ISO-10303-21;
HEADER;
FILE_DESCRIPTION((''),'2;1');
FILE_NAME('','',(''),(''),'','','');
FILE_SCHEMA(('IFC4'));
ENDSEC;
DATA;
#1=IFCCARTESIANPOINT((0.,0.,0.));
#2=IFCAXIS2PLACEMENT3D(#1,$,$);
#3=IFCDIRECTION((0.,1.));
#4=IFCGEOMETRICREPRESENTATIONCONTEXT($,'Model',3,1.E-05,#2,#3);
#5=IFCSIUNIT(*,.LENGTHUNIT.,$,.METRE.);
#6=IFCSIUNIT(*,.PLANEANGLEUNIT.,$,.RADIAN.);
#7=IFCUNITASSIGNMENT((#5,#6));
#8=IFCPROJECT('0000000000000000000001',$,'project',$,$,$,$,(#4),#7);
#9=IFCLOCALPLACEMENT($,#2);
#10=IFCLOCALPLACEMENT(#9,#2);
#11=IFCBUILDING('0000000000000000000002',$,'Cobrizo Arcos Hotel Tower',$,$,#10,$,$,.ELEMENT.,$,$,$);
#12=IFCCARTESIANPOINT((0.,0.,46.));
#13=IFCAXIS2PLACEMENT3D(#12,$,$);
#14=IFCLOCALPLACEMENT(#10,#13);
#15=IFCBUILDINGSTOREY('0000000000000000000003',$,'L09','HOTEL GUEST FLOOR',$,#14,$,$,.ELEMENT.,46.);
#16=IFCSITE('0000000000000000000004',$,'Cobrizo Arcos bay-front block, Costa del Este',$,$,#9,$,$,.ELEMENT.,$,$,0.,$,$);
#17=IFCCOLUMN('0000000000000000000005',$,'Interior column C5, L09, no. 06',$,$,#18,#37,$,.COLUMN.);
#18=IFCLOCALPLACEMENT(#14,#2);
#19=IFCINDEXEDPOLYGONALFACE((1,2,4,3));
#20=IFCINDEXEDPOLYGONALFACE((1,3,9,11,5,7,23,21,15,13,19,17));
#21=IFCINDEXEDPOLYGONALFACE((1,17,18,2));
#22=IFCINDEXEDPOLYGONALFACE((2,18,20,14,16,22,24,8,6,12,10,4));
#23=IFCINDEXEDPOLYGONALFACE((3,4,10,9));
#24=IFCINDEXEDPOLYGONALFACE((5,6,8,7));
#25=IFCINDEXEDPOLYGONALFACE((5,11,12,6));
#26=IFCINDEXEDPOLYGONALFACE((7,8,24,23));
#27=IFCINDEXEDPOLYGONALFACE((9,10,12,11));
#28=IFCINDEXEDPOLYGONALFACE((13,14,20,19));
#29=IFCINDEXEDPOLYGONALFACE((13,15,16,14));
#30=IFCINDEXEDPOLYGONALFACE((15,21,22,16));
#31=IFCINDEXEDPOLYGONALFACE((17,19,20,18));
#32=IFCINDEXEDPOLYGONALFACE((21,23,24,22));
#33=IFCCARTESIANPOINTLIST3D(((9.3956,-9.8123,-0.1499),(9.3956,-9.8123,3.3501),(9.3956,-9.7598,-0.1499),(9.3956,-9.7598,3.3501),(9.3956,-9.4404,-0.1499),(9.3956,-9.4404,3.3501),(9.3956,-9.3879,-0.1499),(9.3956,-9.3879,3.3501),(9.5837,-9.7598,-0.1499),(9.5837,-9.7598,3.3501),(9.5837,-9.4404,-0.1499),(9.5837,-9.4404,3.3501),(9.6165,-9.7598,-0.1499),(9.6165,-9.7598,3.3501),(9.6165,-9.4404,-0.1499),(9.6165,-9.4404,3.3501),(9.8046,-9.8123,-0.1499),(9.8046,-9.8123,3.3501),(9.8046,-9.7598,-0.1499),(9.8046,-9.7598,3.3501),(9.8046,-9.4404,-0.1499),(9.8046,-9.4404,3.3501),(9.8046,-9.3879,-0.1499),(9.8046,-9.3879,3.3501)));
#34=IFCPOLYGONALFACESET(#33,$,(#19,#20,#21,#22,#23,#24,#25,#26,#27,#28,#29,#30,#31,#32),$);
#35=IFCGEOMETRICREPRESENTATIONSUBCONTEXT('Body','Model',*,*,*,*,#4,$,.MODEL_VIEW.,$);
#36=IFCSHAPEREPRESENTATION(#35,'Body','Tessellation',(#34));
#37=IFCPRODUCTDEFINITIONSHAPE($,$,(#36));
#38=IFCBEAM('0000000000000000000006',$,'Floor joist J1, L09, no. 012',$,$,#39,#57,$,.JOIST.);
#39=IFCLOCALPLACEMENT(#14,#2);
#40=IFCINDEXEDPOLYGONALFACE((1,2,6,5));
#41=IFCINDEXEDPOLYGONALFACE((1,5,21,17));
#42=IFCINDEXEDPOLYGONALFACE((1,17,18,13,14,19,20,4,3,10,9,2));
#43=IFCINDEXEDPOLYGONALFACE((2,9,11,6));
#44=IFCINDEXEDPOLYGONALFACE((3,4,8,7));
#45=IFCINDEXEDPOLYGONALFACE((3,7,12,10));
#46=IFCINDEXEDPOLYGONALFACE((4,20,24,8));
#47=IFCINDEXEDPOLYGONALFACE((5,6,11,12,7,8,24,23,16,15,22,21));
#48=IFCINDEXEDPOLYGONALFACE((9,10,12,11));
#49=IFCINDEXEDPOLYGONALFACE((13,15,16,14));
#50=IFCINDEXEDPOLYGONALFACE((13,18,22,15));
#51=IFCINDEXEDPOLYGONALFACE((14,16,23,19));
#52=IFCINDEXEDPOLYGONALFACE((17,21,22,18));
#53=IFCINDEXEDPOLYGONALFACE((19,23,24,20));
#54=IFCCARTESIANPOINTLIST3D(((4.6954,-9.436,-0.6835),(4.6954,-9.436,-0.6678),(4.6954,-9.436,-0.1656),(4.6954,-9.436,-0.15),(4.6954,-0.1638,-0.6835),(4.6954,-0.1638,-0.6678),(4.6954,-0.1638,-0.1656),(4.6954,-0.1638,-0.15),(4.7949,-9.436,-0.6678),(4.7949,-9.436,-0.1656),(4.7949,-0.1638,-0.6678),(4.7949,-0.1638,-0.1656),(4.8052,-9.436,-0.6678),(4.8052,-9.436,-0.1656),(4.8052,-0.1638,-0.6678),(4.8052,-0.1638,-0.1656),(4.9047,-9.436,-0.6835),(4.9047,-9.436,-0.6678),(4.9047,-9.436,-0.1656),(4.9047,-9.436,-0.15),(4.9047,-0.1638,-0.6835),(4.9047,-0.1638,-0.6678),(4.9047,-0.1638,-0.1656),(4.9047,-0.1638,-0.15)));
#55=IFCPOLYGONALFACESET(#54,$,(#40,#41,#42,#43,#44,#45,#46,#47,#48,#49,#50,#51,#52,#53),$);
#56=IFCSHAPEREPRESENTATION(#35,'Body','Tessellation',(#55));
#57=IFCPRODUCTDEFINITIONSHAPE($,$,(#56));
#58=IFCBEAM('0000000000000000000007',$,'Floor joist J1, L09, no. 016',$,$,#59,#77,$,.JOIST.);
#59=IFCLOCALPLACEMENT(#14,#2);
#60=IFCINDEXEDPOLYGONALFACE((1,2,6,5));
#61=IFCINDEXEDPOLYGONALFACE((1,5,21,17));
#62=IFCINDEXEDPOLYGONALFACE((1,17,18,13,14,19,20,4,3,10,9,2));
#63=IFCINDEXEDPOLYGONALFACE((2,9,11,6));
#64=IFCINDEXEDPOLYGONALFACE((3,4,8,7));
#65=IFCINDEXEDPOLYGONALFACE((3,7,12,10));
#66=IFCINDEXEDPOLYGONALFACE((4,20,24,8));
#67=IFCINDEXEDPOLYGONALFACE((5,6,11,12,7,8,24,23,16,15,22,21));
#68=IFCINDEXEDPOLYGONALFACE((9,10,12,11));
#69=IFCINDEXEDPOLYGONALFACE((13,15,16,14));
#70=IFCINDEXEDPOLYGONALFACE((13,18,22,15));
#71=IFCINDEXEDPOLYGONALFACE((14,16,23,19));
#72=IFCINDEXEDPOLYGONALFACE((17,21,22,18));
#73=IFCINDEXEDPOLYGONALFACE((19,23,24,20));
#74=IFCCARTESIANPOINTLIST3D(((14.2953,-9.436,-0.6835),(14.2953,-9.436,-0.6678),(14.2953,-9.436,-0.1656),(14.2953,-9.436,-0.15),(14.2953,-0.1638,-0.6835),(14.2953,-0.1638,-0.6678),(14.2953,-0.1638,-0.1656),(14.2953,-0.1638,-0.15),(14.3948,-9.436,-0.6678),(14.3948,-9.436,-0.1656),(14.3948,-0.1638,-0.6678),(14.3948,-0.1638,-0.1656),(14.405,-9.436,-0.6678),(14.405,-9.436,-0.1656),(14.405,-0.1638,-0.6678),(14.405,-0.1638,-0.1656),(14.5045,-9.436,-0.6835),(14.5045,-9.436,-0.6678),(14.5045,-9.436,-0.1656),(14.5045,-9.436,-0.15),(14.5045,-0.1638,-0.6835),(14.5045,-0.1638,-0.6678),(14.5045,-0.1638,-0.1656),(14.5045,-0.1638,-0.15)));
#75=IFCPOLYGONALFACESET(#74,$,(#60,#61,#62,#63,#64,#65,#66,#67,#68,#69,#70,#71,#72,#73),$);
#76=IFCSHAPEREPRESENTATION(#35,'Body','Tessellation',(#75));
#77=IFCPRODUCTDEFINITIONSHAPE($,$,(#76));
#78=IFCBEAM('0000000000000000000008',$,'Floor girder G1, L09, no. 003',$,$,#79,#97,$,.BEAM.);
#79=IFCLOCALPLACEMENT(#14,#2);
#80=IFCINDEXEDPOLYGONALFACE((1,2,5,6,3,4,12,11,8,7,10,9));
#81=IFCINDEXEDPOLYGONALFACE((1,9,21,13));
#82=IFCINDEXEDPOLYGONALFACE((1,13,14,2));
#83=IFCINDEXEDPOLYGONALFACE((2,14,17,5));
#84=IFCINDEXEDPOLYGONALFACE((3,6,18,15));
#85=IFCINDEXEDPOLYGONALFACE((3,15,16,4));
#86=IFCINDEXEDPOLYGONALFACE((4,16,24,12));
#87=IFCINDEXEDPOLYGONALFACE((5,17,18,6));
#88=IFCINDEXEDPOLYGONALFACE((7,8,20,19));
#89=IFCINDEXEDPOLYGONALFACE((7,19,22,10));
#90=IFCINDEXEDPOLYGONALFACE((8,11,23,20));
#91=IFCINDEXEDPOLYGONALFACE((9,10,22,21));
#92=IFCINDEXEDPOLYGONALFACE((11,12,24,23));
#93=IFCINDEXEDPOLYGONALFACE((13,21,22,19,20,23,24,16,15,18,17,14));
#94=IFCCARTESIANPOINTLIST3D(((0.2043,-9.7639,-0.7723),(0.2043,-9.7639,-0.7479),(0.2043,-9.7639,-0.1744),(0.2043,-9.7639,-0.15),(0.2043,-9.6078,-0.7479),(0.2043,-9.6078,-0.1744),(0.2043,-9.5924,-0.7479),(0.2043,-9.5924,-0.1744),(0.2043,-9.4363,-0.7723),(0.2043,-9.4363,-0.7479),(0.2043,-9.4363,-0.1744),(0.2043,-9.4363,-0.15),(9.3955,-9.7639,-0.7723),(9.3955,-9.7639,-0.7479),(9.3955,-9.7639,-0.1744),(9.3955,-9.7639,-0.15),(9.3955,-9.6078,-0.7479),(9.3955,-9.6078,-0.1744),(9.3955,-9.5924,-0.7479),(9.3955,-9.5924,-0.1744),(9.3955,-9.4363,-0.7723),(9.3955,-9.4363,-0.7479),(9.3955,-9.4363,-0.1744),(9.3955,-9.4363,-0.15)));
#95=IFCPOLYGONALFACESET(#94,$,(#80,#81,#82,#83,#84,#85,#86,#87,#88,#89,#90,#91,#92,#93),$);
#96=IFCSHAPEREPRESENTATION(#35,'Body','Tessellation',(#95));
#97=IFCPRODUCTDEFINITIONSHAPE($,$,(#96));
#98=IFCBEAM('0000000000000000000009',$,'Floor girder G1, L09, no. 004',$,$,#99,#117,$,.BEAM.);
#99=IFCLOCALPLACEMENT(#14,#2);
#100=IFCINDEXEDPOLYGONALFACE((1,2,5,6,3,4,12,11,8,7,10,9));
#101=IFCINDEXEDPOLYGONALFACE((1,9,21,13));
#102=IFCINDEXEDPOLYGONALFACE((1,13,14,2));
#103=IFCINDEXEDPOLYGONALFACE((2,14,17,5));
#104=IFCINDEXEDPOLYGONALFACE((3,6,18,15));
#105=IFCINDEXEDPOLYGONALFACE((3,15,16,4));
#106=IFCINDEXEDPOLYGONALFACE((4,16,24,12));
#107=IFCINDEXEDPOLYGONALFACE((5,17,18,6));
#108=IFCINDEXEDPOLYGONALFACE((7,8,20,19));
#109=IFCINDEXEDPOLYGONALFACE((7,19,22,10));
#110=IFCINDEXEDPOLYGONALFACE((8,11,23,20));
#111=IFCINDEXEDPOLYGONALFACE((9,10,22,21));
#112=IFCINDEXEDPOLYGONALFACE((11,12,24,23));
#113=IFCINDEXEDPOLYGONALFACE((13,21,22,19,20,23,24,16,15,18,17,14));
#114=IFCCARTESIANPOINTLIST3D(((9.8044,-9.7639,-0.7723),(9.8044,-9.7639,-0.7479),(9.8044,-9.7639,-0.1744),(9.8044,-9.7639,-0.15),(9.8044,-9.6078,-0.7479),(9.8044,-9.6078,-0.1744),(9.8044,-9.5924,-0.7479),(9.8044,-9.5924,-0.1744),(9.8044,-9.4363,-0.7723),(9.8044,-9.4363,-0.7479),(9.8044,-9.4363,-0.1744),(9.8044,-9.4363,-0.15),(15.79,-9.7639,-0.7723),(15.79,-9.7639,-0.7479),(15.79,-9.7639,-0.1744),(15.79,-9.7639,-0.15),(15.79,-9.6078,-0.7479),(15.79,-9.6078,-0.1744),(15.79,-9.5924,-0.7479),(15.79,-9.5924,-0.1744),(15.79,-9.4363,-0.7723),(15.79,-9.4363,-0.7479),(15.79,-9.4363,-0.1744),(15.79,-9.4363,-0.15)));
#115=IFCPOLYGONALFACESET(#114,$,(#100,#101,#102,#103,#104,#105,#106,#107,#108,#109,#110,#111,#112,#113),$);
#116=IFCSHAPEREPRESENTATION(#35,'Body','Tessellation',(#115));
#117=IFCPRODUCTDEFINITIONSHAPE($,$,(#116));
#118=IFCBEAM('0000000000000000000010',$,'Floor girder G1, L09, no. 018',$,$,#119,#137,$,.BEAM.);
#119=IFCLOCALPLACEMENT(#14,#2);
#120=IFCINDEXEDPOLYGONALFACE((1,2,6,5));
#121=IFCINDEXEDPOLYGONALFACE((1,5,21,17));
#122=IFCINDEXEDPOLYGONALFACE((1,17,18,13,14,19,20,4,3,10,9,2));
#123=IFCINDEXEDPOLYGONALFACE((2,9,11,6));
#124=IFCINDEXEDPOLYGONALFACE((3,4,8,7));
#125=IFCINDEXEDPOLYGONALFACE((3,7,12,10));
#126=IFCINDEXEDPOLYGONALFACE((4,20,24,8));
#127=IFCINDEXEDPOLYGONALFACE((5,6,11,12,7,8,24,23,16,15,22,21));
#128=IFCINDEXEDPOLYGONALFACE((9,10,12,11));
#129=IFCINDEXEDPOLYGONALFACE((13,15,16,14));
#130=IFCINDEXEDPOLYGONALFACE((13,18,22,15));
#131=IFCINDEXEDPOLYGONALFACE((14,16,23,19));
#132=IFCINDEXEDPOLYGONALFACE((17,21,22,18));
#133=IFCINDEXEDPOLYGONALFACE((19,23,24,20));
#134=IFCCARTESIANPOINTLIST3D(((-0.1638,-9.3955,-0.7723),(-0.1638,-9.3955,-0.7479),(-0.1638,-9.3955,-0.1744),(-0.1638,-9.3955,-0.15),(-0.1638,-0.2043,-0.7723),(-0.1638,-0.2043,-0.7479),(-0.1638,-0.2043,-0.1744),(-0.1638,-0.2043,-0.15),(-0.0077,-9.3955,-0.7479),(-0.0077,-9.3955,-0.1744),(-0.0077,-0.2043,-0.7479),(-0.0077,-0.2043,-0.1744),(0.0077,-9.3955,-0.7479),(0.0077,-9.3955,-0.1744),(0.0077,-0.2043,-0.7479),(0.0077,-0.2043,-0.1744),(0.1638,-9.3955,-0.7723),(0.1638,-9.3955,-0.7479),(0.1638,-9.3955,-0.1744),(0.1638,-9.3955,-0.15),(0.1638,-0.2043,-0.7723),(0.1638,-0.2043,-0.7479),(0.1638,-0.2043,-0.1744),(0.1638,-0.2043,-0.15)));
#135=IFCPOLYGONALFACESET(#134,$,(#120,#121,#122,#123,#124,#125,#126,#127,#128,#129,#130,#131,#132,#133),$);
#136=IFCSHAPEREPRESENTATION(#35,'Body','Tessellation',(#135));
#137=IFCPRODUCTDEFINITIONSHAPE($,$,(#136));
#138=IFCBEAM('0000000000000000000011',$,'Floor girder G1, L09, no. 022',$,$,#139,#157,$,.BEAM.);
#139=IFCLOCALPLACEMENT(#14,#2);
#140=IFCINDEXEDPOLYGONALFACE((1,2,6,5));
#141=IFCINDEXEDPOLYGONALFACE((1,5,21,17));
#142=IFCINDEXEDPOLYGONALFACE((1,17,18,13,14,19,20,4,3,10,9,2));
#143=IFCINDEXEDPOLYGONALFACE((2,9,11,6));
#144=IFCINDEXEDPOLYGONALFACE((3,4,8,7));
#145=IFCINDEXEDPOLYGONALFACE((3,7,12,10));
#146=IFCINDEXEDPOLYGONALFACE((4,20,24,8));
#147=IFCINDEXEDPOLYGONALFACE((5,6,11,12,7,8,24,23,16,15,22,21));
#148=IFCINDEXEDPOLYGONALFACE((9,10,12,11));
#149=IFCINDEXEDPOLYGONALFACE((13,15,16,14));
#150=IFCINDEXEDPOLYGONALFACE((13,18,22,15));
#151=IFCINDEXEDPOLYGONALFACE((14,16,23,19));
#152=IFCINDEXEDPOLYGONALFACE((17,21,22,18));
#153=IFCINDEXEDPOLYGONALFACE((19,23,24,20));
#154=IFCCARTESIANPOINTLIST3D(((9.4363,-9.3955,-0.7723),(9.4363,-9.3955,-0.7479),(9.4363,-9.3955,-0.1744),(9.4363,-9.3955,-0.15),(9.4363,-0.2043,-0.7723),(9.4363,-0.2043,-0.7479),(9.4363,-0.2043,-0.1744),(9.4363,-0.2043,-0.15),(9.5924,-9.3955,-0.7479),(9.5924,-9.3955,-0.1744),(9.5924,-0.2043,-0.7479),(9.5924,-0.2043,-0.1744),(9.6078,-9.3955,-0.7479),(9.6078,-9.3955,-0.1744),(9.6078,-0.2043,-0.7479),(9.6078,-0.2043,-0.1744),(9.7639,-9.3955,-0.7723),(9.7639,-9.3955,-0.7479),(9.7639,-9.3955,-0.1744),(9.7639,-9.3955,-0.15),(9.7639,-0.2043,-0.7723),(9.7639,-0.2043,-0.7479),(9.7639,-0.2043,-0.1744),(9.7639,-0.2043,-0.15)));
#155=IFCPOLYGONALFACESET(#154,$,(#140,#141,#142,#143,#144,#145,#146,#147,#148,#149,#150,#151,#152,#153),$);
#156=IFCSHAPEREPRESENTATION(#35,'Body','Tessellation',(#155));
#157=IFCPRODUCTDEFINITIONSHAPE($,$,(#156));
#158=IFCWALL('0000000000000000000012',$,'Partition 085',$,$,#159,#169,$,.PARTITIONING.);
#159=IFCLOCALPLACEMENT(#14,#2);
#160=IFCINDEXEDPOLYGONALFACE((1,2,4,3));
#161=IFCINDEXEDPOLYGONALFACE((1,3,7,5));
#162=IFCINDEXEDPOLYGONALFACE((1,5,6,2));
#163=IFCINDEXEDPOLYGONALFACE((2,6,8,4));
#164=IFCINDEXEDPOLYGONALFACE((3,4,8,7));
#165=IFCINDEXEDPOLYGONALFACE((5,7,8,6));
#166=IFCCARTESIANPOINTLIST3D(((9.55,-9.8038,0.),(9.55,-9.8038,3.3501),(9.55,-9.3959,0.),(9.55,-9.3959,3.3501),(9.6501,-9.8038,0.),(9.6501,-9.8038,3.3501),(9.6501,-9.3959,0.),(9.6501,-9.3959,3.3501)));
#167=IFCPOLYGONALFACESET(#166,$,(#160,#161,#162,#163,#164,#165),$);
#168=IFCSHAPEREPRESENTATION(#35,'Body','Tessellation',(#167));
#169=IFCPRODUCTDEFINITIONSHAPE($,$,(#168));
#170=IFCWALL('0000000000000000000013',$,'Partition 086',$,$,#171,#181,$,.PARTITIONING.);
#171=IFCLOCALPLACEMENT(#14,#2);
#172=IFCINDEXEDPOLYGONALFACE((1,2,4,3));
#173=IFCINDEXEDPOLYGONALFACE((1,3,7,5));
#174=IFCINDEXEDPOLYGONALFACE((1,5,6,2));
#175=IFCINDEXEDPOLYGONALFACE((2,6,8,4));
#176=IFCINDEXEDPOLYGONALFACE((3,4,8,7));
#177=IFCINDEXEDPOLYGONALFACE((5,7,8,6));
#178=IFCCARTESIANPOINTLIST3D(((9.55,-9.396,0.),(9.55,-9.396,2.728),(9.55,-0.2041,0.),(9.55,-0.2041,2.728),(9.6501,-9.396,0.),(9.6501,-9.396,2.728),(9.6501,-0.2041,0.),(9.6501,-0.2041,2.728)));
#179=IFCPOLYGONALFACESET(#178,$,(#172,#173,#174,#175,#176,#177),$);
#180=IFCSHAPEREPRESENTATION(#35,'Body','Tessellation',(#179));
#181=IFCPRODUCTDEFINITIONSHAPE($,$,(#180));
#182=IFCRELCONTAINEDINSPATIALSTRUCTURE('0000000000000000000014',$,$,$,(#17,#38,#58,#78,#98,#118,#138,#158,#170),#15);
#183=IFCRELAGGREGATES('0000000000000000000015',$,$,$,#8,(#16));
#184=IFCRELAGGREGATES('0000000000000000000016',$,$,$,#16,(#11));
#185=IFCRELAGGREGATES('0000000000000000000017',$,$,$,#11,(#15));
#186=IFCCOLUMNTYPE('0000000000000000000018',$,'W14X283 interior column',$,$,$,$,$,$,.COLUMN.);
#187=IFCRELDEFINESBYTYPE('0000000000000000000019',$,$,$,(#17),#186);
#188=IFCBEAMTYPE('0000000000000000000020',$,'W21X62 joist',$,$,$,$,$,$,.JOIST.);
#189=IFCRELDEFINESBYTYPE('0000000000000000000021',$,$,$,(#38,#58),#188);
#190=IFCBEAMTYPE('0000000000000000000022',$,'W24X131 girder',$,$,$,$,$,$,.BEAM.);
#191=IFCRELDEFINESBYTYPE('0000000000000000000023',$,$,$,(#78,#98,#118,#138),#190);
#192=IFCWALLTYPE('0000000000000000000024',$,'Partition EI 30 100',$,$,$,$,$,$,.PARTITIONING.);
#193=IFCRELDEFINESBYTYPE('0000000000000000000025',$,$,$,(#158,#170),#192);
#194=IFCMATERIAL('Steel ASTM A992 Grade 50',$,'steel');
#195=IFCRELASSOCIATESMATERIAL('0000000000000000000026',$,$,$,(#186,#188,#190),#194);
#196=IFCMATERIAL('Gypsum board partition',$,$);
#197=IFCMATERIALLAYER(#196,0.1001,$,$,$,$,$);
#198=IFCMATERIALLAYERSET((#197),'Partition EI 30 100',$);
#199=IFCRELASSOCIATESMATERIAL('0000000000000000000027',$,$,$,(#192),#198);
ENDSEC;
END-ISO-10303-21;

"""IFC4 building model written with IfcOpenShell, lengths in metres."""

from ifc_helpers import new_model, si_unit, direction, frame, frame_2d, origin, origin_2d, place, context, subcontext, project, spatial, rectangle, i_section, extrude, material, layer, layer_set, material_profile, profile_set, type_object, element, save


model = new_model("IFC4")

# Units and contexts
model_context = context("Model", 3, precision=1e-05, world=origin(), true_north=direction((0.0, 1.0)))
body_context = subcontext(model_context, "Body", "Model", "MODEL_VIEW")
ifc_project = project(units=[si_unit("LENGTHUNIT", "METRE"), si_unit("PLANEANGLEUNIT", "RADIAN")], contexts=[model_context])

# Site, building, storey
site_placement = place(None, origin())
site = spatial("IfcSite", under=ifc_project, at=site_placement, Name="Cobrizo Arcos bay-front block, Costa del Este", CompositionType="ELEMENT", RefElevation=0.0)
building_placement = place(site_placement, origin())
building = spatial("IfcBuilding", under=site, at=building_placement, Name="Cobrizo Arcos Hotel Tower", CompositionType="ELEMENT")
storey_placement = place(building_placement, frame((0.0, 0.0, 46.0)))
storey = spatial("IfcBuildingStorey", under=building, at=storey_placement, Name="L09", Description="HOTEL GUEST FLOOR", CompositionType="ELEMENT", Elevation=46.0)

# Column
ifc_material_1 = material(Name="Steel ASTM A992 Grade 50", Category="steel")
ifc_material_profile_1 = material_profile(ifc_material_1, i_section(OverallWidth=0.4089, OverallDepth=0.4243, WebThickness=0.0327, FlangeThickness=0.0525, at=origin_2d()), Name="W14X283")
ifc_profile_set_1 = profile_set([ifc_material_profile_1], Name="Steel ASTM A992 Grade 50")
column_type = type_object("IfcColumnType", Name="W14X283 interior column", PredefinedType="COLUMN", material=ifc_profile_set_1)
column_placement = place(storey_placement, frame((9.6001, -9.6001, -0.1499), z_axis=(0.0, 0.0, 1.0), x_axis=(1.0, 0.0, 0.0)))
element("IfcColumn", 1, at=column_placement, inside=storey, type_object=column_type, Name="Interior column C5, L09, no. 06", PredefinedType="COLUMN", context=body_context, shape_type="SweptSolid", body=[
    extrude(i_section(OverallWidth=0.4089, OverallDepth=0.4243, WebThickness=0.0327, FlangeThickness=0.0525, at=origin_2d()), origin(), (0.0, 0.0, 1.0), 3.5),
])

# Beams
ifc_material_profile_2 = material_profile(ifc_material_1, i_section(OverallWidth=0.2092, OverallDepth=0.5334, WebThickness=0.0103, FlangeThickness=0.0156, at=origin_2d()), Name="W21X62")
ifc_profile_set_2 = profile_set([ifc_material_profile_2], Name="Steel ASTM A992 Grade 50")
beam_type_1 = type_object("IfcBeamType", Name="W21X62 joist", PredefinedType="JOIST", material=ifc_profile_set_2)
for number, where, z_axis, x_axis, name in (
    (2, (4.8, -9.436, -0.4167), (0.0, 1.0, 0.0), (-1.0, 0.0, 0.0), "Floor joist J1, L09, no. 012"),
    (3, (14.3999, -9.436, -0.4167), (0.0, 1.0, 0.0), (-1.0, 0.0, 0.0), "Floor joist J1, L09, no. 016"),
):
    element("IfcBeam", number, at=place(storey_placement, frame(where, z_axis=z_axis, x_axis=x_axis)), inside=storey, type_object=beam_type_1, Name=name, PredefinedType="JOIST", context=body_context, shape_type="SweptSolid", body=[
        extrude(i_section(OverallWidth=0.2092, OverallDepth=0.5334, WebThickness=0.0103, FlangeThickness=0.0156, at=origin_2d()), origin(), (0.0, 0.0, 1.0), 9.2722),
    ])
ifc_material_profile_3 = material_profile(ifc_material_1, i_section(OverallWidth=0.3276, OverallDepth=0.6223, WebThickness=0.0154, FlangeThickness=0.0244, at=origin_2d()), Name="W24X131")
ifc_profile_set_3 = profile_set([ifc_material_profile_3], Name="Steel ASTM A992 Grade 50")
beam_type_2 = type_object("IfcBeamType", Name="W24X131 girder", PredefinedType="BEAM", material=ifc_profile_set_3)
beam_1_placement = place(storey_placement, frame((0.2043, -9.6001, -0.4612), z_axis=(1.0, 0.0, 0.0), x_axis=(0.0, 1.0, 0.0)))
element("IfcBeam", 4, at=beam_1_placement, inside=storey, type_object=beam_type_2, Name="Floor girder G1, L09, no. 003", PredefinedType="BEAM", context=body_context, shape_type="SweptSolid", body=[
    extrude(i_section(OverallWidth=0.3276, OverallDepth=0.6223, WebThickness=0.0154, FlangeThickness=0.0244, at=origin_2d()), origin(), (0.0, 0.0, 1.0), 9.1912),
])
beam_2_placement = place(storey_placement, frame((9.8044, -9.6001, -0.4612), z_axis=(1.0, 0.0, 0.0), x_axis=(0.0, 1.0, 0.0)))
element("IfcBeam", 5, at=beam_2_placement, inside=storey, type_object=beam_type_2, Name="Floor girder G1, L09, no. 004", PredefinedType="BEAM", context=body_context, shape_type="SweptSolid", body=[
    extrude(i_section(OverallWidth=0.3276, OverallDepth=0.6223, WebThickness=0.0154, FlangeThickness=0.0244, at=origin_2d()), origin(), (0.0, 0.0, 1.0), 5.9856),
])
for number, where, z_axis, x_axis, name in (
    (6, (0.0, -9.3955, -0.4612), (0.0, 1.0, 0.0), (-1.0, 0.0, 0.0), "Floor girder G1, L09, no. 018"),
    (7, (9.6001, -9.3955, -0.4612), (0.0, 1.0, 0.0), (-1.0, 0.0, 0.0), "Floor girder G1, L09, no. 022"),
):
    element("IfcBeam", number, at=place(storey_placement, frame(where, z_axis=z_axis, x_axis=x_axis)), inside=storey, type_object=beam_type_2, Name=name, PredefinedType="BEAM", context=body_context, shape_type="SweptSolid", body=[
        extrude(i_section(OverallWidth=0.3276, OverallDepth=0.6223, WebThickness=0.0154, FlangeThickness=0.0244, at=origin_2d()), origin(), (0.0, 0.0, 1.0), 9.1912),
    ])

# Walls
ifc_material_2 = material(Name="Gypsum board partition")
ifc_layer_1 = layer(ifc_material_2, 0.1001)
ifc_layer_set_1 = layer_set([ifc_layer_1], Name="Partition EI 30 100")
wall_type_1 = type_object("IfcWallType", Name="Partition EI 30 100", PredefinedType="PARTITIONING", material=ifc_layer_set_1)
wall_1_placement = place(storey_placement, frame((9.6001, -9.804, 0.0), z_axis=(0.0, 0.0, 1.0), x_axis=(0.0, 1.0, 0.0)))
element("IfcWall", 8, at=wall_1_placement, inside=storey, type_object=wall_type_1, Name="Partition 085", PredefinedType="PARTITIONING", context=body_context, shape_type="SweptSolid", body=[
    extrude(rectangle(XDim=0.408, YDim=0.1001, at=frame_2d((0.2041, 0.0))), origin(), (0.0, 0.0, 1.0), 3.3501),
])
wall_2_placement = place(storey_placement, frame((9.6001, -9.396, 0.0), z_axis=(0.0, 0.0, 1.0), x_axis=(0.0, 1.0, 0.0)))
element("IfcWall", 9, at=wall_2_placement, inside=storey, type_object=wall_type_1, Name="Partition 086", PredefinedType="PARTITIONING", context=body_context, shape_type="SweptSolid", body=[
    extrude(rectangle(XDim=9.1919, YDim=0.1001, at=frame_2d((4.5959, 0.0))), origin(), (0.0, 0.0, 1.0), 2.728),
])

save(model, "model.ifc")
